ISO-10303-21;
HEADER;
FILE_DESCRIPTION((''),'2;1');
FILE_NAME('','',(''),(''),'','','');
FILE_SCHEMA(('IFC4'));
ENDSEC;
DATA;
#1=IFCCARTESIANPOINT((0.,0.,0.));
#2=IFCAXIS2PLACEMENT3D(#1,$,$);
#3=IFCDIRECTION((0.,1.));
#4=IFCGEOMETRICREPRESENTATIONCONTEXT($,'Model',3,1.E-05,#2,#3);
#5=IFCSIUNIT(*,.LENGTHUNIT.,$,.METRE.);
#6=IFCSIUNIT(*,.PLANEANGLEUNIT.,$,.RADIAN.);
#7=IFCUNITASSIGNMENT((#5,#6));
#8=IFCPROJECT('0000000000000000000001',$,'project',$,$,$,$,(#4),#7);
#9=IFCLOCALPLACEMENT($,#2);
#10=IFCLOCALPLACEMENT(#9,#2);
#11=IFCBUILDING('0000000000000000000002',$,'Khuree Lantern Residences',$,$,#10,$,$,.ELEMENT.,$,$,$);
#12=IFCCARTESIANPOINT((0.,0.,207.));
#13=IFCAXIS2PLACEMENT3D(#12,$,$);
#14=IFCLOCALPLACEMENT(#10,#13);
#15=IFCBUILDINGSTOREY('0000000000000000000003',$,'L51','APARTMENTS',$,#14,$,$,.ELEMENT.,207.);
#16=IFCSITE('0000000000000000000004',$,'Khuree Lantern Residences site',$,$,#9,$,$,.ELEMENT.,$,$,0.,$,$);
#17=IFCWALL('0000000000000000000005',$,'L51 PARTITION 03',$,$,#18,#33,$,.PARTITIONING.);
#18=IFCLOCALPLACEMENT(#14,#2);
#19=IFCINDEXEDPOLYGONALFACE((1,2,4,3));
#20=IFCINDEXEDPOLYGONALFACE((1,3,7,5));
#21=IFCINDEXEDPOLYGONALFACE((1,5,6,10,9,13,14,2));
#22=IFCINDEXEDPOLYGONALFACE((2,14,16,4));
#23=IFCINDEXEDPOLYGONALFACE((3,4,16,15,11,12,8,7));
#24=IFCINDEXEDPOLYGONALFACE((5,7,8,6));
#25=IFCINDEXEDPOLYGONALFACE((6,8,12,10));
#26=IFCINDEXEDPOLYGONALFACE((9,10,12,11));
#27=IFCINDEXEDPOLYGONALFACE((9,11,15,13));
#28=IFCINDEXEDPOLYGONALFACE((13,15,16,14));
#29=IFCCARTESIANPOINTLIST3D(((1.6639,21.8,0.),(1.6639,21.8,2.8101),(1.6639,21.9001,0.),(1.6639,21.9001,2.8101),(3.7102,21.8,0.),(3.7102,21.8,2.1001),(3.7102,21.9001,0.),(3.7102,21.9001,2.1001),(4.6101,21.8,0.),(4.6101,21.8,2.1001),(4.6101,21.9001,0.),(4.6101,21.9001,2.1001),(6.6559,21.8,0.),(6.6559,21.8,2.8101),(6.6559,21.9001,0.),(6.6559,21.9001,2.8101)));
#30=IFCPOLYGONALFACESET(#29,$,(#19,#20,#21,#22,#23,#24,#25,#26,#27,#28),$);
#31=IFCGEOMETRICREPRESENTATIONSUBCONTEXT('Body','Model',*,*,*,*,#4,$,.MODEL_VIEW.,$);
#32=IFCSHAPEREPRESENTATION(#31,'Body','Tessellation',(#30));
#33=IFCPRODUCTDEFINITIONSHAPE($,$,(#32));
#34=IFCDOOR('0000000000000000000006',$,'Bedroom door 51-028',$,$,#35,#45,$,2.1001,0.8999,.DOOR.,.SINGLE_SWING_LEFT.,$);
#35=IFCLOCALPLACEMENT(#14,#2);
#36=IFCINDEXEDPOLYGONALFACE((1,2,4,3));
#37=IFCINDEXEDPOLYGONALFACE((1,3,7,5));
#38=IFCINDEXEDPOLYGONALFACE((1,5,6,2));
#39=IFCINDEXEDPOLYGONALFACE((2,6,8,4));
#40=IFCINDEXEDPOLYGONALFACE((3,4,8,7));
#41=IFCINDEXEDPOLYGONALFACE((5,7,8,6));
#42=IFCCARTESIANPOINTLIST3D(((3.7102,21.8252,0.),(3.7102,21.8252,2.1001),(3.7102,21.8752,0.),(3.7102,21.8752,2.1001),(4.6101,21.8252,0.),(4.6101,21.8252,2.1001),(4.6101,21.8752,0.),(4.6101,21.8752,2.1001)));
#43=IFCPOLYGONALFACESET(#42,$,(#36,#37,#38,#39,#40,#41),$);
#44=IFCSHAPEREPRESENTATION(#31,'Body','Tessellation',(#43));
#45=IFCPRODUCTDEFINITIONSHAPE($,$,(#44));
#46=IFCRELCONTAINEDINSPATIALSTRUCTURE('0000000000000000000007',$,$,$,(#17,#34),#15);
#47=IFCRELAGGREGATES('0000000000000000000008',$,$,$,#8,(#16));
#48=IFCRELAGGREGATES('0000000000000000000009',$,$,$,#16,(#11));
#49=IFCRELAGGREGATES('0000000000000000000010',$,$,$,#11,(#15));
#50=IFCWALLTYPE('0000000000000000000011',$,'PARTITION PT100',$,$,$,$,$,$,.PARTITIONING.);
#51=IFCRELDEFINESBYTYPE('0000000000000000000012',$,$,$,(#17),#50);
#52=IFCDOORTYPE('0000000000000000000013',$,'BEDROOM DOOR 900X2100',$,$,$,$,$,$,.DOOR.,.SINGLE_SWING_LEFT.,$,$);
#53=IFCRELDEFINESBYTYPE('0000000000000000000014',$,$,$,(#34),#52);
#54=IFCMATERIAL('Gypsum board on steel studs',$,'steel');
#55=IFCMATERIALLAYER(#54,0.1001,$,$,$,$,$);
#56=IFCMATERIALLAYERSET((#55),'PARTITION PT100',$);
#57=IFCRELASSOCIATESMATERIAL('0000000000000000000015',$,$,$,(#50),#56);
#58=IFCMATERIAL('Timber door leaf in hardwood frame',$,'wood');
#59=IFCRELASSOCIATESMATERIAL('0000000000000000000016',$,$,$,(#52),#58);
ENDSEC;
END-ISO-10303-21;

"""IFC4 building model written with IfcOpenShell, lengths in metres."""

from ifc_helpers import new_model, si_unit, direction, frame, frame_2d, origin, place, context, subcontext, project, spatial, rectangle, extrude, material, layer, layer_set, type_object, element, fill, save


model = new_model("IFC4")

# Units and contexts
model_context = context("Model", 3, precision=1e-05, world=origin(), true_north=direction((0.0, 1.0)))
body_context = subcontext(model_context, "Body", "Model", "MODEL_VIEW")
ifc_project = project(units=[si_unit("LENGTHUNIT", "METRE"), si_unit("PLANEANGLEUNIT", "RADIAN")], contexts=[model_context])

# Site, building, storey
site_placement = place(None, origin())
site = spatial("IfcSite", under=ifc_project, at=site_placement, Name="Khuree Lantern Residences site", CompositionType="ELEMENT", RefElevation=0.0)
building_placement = place(site_placement, origin())
building = spatial("IfcBuilding", under=site, at=building_placement, Name="Khuree Lantern Residences", CompositionType="ELEMENT")
storey_placement = place(building_placement, frame((0.0, 0.0, 207.0)))
storey = spatial("IfcBuildingStorey", under=building, at=storey_placement, Name="L51", Description="APARTMENTS", CompositionType="ELEMENT", Elevation=207.0)

# Shared definitions
ifc_material_1 = material(Name="Gypsum board on steel studs", Category="steel")
ifc_layer_1 = layer(ifc_material_1, 0.1001)
ifc_layer_set_1 = layer_set([ifc_layer_1], Name="PARTITION PT100")
wall_type_1 = type_object("IfcWallType", Name="PARTITION PT100", PredefinedType="PARTITIONING", material=ifc_layer_set_1)

# Shared definitions
ifc_material_2 = material(Name="Timber door leaf in hardwood frame", Category="wood")
door_type_1 = type_object("IfcDoorType", Name="BEDROOM DOOR 900X2100", OperationType="SINGLE_SWING_LEFT", PredefinedType="DOOR", material=ifc_material_2)

# Wall, opening, door
wall_1_placement = place(storey_placement, frame((6.656, 21.8501, 0.0), z_axis=(0.0, 0.0, 1.0), x_axis=(-1.0, 0.0, 0.0)))
wall_1 = element("IfcWall", 1, at=wall_1_placement, inside=storey, type_object=wall_type_1, Name="L51 PARTITION 03", PredefinedType="PARTITIONING", context=body_context, shape_type="SweptSolid", body=[
    extrude(rectangle(XDim=4.9919, YDim=0.1001, at=frame_2d((2.4961, 0.0))), origin(), (0.0, 0.0, 1.0), 2.8101),
])
opening_1_placement = place(wall_1_placement, frame((2.0459, 0.0, 0.0)))
opening_1 = element("IfcOpeningElement", 2, at=opening_1_placement, cuts=wall_1, PredefinedType="OPENING", context=body_context, shape_type="SweptSolid", body=[
    extrude(rectangle(XDim=0.8999, YDim=2.1001, at=frame_2d((0.45, 1.05))), frame((0.0, 0.0601, 0.0), z_axis=(0.0, -1.0, 0.0), x_axis=(1.0, 0.0, 0.0)), (0.0, 0.0, 1.0), 0.1201),
])
door_1_placement = place(opening_1_placement, origin())
door_1 = element("IfcDoor", 3, at=door_1_placement, inside=storey, type_object=door_type_1, Name="Bedroom door 51-028", OperationType="SINGLE_SWING_LEFT", OverallHeight=2.1001, OverallWidth=0.8999, PredefinedType="DOOR", context=body_context, shape_type="SweptSolid", body=[
    extrude(rectangle(XDim=0.8999, YDim=2.1001, at=frame_2d((0.45, 1.05))), frame((0.0, 0.0249, 0.0), z_axis=(0.0, -1.0, 0.0), x_axis=(1.0, 0.0, 0.0)), (0.0, 0.0, 1.0), 0.05),
])
fill(opening_1, door_1)

save(model, "model.ifc")
